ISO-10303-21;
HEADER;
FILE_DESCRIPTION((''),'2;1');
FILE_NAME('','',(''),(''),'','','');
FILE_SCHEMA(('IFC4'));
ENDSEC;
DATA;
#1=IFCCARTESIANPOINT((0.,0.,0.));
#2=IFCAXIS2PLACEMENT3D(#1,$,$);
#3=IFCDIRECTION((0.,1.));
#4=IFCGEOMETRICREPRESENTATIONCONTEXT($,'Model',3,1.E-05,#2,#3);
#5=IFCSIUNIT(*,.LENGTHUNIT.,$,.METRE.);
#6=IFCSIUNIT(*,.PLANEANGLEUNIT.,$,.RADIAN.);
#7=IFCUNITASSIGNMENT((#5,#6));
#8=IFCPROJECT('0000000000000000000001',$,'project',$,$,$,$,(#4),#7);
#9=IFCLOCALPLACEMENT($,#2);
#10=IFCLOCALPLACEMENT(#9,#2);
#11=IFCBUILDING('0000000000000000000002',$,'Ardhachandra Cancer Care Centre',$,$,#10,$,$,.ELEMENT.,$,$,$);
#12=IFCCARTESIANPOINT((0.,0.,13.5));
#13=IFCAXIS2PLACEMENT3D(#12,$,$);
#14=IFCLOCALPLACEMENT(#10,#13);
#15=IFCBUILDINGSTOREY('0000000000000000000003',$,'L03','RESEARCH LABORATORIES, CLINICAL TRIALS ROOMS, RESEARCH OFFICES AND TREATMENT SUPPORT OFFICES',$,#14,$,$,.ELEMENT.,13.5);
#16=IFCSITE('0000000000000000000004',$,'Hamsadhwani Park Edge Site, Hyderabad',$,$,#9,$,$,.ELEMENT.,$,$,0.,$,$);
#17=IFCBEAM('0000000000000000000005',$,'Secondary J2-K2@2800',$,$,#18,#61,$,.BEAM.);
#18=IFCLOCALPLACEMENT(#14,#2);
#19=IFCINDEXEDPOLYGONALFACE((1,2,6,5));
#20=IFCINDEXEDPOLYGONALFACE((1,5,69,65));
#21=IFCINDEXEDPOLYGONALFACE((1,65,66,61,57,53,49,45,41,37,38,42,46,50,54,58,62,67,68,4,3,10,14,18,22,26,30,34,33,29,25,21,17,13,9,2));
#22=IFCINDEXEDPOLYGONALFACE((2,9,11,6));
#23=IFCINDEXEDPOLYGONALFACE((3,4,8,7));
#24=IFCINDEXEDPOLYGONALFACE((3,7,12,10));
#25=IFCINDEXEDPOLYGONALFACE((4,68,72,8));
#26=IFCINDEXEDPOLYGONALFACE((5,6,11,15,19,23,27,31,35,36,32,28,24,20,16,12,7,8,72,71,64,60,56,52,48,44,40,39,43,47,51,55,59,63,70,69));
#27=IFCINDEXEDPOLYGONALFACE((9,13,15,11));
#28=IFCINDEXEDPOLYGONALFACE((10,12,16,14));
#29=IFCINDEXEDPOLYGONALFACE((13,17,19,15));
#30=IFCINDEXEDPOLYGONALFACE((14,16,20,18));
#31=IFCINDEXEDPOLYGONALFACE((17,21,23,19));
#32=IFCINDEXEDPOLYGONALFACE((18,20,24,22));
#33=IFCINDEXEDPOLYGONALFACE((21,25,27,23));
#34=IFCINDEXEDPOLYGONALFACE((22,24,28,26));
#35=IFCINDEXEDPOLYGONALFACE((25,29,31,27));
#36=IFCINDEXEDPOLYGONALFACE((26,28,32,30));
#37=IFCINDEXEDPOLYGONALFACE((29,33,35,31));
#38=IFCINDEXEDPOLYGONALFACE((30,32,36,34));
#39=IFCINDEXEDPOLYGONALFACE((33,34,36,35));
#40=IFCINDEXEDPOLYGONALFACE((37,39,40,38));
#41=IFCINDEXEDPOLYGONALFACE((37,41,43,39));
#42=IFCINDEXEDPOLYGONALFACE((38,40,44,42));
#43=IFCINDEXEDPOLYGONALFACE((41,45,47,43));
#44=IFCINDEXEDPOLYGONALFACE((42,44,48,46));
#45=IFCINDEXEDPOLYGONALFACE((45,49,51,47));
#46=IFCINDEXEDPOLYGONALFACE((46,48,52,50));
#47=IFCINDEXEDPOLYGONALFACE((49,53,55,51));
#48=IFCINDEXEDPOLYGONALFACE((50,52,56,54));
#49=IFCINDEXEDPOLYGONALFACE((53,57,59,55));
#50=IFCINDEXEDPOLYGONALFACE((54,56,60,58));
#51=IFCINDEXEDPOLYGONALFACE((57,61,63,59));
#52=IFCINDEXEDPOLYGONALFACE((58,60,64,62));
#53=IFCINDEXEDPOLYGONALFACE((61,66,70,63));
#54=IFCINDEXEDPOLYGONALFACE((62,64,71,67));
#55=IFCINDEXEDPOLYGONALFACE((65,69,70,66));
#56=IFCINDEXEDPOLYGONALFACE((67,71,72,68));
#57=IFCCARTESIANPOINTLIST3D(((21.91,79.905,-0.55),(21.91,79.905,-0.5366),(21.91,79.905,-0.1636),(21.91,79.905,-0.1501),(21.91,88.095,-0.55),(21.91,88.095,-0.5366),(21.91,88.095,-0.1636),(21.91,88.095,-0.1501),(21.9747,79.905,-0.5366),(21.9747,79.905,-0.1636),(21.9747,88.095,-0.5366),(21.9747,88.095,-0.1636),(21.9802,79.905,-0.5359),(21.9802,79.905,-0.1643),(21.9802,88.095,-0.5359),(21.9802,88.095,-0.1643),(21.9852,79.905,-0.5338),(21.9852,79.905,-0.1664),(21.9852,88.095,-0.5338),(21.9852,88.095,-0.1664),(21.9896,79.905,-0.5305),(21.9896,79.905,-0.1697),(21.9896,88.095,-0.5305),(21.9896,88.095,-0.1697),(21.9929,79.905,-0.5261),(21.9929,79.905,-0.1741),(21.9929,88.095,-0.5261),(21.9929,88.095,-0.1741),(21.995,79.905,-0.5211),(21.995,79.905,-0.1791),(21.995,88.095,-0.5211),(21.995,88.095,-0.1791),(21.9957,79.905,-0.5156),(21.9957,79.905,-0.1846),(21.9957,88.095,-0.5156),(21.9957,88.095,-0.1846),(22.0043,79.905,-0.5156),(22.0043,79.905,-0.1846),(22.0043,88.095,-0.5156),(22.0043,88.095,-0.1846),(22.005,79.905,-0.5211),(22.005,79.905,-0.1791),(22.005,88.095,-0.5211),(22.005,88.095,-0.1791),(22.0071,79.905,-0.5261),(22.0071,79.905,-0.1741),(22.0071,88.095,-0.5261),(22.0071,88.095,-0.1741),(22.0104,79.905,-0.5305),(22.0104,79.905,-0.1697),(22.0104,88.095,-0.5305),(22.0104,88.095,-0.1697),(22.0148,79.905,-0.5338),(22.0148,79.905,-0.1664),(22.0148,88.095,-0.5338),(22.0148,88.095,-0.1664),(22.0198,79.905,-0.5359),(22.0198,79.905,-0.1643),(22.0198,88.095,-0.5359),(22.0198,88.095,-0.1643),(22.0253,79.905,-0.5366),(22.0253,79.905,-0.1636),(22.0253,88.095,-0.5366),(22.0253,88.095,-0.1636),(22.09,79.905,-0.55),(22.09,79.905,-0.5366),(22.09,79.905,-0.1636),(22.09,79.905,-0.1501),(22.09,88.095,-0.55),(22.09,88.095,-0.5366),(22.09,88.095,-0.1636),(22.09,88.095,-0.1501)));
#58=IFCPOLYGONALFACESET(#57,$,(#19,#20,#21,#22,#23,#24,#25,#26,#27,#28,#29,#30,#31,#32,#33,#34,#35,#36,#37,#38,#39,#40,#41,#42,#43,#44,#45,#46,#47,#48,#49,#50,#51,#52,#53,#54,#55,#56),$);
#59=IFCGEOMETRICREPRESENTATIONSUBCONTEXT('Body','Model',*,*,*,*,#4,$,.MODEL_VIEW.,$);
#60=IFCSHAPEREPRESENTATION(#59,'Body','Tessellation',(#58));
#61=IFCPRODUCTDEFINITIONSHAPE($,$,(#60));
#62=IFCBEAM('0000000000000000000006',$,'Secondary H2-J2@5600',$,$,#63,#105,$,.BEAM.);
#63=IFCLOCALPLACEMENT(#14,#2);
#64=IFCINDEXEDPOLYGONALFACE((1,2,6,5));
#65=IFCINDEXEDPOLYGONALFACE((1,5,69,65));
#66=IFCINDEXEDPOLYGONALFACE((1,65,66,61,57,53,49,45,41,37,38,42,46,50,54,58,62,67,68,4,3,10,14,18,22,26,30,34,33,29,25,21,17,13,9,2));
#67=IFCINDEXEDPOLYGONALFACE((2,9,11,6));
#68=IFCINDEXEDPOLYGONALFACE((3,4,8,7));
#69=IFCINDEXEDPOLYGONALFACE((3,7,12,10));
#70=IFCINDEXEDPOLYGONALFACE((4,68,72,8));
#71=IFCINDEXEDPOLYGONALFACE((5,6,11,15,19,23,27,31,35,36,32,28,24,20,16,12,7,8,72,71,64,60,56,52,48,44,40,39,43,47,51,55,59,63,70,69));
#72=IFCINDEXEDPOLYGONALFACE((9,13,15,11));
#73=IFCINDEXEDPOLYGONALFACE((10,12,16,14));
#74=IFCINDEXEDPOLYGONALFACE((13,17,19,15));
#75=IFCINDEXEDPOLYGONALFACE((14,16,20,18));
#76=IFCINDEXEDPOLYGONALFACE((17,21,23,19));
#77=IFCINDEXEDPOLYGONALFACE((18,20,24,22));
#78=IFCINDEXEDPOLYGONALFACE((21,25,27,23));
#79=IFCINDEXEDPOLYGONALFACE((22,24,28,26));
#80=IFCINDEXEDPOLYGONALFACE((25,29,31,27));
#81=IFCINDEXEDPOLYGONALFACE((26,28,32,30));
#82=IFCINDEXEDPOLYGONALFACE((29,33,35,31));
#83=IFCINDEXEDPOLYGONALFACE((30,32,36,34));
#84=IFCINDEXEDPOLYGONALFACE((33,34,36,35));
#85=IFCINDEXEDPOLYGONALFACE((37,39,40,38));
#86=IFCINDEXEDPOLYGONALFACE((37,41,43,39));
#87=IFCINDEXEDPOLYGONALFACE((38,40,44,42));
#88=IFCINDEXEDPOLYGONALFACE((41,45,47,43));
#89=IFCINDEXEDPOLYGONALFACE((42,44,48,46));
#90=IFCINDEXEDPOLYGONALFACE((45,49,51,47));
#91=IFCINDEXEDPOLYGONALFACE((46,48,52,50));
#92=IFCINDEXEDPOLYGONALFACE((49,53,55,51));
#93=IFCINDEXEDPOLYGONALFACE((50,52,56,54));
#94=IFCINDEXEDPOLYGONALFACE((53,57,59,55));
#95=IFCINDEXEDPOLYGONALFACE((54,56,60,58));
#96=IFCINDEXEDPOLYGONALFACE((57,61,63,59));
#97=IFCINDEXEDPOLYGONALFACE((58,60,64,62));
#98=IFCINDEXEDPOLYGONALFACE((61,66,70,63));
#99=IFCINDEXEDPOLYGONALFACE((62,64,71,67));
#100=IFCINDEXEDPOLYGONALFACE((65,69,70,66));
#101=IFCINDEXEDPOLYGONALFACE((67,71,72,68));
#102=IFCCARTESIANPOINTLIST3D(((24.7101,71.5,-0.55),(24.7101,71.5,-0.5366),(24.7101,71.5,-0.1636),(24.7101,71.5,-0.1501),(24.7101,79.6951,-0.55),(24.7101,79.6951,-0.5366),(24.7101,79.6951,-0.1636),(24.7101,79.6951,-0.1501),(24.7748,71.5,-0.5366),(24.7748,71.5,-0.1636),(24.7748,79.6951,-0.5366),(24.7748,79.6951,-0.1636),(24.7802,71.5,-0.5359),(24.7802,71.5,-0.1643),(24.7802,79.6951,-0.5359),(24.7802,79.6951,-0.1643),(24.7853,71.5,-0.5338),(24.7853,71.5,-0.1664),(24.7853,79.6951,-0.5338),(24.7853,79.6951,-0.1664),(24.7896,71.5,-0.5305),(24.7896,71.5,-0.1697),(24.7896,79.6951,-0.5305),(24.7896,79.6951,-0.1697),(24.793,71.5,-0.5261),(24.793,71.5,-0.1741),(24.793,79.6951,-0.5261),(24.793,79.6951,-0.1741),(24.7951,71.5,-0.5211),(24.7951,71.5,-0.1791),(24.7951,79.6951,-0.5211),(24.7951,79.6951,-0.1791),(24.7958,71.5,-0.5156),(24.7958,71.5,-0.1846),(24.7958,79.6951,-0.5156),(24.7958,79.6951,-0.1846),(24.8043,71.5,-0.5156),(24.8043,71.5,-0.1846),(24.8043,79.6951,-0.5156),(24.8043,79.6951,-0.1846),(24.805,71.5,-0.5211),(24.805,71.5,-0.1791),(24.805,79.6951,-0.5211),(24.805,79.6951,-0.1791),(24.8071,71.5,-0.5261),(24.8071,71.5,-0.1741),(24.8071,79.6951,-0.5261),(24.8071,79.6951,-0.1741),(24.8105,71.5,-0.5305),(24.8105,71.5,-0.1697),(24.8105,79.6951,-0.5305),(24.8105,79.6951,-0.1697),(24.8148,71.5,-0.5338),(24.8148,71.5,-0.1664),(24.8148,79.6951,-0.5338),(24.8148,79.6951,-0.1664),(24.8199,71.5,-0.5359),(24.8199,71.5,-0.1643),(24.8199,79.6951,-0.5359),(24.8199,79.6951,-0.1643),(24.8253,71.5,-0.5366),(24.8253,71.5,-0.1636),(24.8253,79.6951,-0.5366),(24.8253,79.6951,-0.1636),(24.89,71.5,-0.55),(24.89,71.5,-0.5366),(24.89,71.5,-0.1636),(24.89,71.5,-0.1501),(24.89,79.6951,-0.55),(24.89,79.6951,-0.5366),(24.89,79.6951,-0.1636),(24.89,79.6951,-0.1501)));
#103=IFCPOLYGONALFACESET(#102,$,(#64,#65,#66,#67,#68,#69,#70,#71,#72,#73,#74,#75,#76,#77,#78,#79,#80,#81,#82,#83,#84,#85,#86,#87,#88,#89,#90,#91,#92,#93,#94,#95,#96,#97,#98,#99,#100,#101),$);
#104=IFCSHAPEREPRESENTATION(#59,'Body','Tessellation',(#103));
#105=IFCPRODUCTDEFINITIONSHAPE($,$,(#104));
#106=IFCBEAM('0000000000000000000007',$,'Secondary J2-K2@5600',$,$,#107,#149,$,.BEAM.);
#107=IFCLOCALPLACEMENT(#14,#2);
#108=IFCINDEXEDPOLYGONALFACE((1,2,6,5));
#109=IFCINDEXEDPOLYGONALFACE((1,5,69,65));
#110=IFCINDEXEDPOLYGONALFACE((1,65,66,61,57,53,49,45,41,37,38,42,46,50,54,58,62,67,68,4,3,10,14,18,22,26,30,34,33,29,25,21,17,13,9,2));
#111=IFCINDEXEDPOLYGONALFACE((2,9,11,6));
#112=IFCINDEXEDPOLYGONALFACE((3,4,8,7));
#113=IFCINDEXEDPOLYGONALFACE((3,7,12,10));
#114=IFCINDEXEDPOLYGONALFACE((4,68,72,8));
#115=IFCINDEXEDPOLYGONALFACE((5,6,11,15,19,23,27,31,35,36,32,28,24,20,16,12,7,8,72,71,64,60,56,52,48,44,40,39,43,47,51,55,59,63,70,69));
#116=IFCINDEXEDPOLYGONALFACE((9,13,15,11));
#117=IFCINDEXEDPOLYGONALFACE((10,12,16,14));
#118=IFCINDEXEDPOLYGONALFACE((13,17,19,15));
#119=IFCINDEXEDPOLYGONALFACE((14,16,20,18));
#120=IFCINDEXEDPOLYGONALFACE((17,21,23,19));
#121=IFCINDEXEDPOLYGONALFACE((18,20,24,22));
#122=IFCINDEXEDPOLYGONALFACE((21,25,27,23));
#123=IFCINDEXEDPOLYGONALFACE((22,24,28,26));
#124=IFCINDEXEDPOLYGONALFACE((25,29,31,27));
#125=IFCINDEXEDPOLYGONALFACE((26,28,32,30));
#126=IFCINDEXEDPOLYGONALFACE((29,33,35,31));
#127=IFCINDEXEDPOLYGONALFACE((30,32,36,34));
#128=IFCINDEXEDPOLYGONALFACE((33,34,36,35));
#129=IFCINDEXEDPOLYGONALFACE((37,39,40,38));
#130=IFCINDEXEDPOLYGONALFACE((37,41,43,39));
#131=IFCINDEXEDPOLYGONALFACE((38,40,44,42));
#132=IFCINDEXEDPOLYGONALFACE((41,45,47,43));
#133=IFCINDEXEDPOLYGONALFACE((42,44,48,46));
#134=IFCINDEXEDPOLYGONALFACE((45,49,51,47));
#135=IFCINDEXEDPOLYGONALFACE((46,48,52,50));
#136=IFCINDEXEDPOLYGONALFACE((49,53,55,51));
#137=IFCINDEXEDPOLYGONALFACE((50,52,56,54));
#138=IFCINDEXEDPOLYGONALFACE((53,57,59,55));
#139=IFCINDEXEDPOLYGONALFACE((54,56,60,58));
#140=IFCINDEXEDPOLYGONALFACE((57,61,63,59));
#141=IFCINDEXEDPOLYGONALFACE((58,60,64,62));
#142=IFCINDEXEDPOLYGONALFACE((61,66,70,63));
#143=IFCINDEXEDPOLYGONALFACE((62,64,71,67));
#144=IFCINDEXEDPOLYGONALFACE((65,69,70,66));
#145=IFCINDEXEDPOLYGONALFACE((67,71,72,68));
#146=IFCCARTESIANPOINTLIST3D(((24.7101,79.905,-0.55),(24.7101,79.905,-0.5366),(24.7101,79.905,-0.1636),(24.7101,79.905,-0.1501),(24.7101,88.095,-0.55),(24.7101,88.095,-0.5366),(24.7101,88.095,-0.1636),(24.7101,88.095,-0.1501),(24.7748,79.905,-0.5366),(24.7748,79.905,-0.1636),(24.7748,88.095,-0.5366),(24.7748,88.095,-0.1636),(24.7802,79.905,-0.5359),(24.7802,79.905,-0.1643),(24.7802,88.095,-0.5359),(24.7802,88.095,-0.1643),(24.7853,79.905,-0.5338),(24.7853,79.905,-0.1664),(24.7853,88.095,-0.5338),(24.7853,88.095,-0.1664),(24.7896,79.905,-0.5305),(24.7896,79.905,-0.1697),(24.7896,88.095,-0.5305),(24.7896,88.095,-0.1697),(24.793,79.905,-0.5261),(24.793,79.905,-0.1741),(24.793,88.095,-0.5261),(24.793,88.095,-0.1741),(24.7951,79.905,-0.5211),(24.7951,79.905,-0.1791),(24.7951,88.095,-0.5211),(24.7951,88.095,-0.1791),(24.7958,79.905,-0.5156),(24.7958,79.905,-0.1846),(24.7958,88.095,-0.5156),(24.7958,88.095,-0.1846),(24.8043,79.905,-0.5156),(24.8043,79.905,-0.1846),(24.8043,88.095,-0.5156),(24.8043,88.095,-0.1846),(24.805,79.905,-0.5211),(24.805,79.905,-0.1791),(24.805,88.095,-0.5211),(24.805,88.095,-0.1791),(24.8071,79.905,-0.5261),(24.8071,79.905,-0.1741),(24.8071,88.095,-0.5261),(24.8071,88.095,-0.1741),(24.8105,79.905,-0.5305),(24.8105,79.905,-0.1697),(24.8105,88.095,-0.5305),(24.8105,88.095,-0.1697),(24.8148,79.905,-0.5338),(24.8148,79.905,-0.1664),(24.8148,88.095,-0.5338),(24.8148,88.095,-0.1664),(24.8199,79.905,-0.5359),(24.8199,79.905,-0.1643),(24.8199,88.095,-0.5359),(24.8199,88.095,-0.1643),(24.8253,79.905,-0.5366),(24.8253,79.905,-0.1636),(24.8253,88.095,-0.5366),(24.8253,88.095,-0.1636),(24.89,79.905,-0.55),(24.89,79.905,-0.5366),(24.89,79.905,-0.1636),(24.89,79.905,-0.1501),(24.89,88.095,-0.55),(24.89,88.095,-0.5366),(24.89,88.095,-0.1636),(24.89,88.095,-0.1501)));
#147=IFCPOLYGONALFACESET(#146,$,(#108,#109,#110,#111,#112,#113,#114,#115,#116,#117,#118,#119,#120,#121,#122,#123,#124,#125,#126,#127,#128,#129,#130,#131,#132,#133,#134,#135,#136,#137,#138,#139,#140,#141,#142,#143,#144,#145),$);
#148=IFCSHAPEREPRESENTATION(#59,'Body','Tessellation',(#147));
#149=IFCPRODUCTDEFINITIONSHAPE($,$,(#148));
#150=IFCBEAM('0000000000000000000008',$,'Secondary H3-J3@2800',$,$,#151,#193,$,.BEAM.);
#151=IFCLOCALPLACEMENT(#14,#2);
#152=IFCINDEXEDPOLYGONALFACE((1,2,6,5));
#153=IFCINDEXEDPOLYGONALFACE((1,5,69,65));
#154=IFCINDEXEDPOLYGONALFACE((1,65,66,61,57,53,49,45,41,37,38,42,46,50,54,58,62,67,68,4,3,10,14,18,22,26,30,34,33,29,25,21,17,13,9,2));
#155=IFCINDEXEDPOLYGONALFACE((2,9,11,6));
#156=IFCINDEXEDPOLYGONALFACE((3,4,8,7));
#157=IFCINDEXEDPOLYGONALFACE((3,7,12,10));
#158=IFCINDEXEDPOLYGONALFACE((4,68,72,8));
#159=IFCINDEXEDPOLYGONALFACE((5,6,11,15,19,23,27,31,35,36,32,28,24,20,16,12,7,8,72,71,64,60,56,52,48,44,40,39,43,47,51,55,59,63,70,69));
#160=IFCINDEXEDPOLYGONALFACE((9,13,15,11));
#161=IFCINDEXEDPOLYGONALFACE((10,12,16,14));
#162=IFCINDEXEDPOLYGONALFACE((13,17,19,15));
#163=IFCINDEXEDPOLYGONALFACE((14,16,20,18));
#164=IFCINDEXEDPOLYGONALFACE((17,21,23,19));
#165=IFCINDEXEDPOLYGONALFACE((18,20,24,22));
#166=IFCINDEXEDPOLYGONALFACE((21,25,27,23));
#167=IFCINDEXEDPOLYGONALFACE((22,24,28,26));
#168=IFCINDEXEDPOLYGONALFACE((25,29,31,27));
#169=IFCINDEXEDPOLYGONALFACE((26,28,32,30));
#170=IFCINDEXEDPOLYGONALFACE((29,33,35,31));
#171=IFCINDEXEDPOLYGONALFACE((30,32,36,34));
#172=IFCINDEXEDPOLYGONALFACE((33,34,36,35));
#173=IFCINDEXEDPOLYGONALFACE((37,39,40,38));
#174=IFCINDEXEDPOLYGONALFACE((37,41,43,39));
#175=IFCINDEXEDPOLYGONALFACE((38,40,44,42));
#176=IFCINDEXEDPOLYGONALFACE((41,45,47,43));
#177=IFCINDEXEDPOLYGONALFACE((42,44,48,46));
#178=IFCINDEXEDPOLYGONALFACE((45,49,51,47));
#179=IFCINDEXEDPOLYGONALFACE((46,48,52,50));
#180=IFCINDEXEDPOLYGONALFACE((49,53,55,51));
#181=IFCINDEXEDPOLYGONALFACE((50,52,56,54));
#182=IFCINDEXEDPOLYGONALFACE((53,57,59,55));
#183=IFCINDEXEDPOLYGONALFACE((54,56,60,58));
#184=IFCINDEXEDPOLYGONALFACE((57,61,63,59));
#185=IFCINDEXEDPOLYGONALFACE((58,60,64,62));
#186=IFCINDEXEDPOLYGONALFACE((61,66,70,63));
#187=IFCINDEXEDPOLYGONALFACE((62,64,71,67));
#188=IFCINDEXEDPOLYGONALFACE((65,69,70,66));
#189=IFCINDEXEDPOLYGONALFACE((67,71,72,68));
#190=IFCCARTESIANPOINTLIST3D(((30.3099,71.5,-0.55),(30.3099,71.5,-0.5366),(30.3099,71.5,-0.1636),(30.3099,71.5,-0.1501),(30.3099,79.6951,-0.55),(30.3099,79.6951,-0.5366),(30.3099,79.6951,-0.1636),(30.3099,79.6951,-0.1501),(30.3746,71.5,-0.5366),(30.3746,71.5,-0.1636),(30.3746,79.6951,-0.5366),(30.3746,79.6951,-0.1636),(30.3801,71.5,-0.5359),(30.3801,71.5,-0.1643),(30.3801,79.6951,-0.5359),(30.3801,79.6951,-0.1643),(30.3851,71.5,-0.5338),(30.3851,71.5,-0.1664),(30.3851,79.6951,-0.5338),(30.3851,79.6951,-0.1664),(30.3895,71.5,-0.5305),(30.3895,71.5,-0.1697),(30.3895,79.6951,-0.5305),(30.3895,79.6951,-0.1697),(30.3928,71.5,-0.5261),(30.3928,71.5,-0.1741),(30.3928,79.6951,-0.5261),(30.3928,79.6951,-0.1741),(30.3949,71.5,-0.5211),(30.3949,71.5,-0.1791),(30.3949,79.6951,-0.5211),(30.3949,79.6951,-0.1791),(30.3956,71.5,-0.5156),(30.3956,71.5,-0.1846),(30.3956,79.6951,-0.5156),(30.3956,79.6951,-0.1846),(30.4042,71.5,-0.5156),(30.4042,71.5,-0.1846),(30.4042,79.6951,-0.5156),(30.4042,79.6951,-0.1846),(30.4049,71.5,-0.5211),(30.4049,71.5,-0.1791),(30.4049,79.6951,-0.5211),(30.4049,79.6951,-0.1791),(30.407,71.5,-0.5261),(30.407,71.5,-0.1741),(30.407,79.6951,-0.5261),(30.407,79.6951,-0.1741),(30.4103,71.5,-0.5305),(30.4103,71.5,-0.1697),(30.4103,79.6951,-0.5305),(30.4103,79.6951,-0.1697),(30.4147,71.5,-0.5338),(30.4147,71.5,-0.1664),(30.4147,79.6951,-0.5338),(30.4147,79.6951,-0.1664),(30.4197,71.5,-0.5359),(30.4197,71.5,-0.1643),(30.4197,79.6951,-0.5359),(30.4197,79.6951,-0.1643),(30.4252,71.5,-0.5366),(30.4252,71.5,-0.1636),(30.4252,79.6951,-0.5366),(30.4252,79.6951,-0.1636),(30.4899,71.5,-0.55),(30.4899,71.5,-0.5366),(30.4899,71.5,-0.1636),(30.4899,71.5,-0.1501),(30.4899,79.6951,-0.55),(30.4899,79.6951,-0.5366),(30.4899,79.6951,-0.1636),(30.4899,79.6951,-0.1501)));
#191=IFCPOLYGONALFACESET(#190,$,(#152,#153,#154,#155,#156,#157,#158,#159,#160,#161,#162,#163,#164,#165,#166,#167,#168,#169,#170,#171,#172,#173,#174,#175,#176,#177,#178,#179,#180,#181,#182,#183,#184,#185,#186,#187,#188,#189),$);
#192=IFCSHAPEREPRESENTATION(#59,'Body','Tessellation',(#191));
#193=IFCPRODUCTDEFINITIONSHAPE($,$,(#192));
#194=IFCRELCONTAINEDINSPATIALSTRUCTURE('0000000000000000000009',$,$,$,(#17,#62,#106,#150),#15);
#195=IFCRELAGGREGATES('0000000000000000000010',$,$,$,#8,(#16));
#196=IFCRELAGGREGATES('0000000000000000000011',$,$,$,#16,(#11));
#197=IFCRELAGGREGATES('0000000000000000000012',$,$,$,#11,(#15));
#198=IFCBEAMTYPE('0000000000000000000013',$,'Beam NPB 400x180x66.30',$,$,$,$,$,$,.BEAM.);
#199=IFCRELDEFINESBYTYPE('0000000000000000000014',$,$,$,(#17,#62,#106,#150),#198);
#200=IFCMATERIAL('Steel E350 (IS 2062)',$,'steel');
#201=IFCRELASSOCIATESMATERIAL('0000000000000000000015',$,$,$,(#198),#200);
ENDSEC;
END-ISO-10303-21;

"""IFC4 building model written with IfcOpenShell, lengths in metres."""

from ifc_helpers import new_model, si_unit, direction, frame, origin, origin_2d, place, context, subcontext, project, spatial, i_section, extrude, material, material_profile, profile_set, type_object, element, save


model = new_model("IFC4")

# Units and contexts
model_context = context("Model", 3, precision=1e-05, world=origin(), true_north=direction((0.0, 1.0)))
body_context = subcontext(model_context, "Body", "Model", "MODEL_VIEW")
ifc_project = project(units=[si_unit("LENGTHUNIT", "METRE"), si_unit("PLANEANGLEUNIT", "RADIAN")], contexts=[model_context])

# Site, building, storey
site_placement = place(None, origin())
site = spatial("IfcSite", under=ifc_project, at=site_placement, Name="Hamsadhwani Park Edge Site, Hyderabad", CompositionType="ELEMENT", RefElevation=0.0)
building_placement = place(site_placement, origin())
building = spatial("IfcBuilding", under=site, at=building_placement, Name="Ardhachandra Cancer Care Centre", CompositionType="ELEMENT")
storey_placement = place(building_placement, frame((0.0, 0.0, 13.5)))
storey = spatial("IfcBuildingStorey", under=building, at=storey_placement, Name="L03", Description="RESEARCH LABORATORIES, CLINICAL TRIALS ROOMS, RESEARCH OFFICES AND TREATMENT SUPPORT OFFICES", CompositionType="ELEMENT", Elevation=13.5)

# Beams
ifc_material_1 = material(Name="Steel E350 (IS 2062)", Category="steel")
ifc_material_profile_1 = material_profile(ifc_material_1, i_section(OverallWidth=0.1799, OverallDepth=0.3999, WebThickness=0.0085, FlangeThickness=0.0134, FilletRadius=0.021, at=origin_2d()), Name="NPB 400x180x66.30")
ifc_profile_set_1 = profile_set([ifc_material_profile_1], Name="Steel E350 (IS 2062)")
beam_type_1 = type_object("IfcBeamType", Name="Beam NPB 400x180x66.30", PredefinedType="BEAM", material=ifc_profile_set_1)
beam_1_placement = place(storey_placement, frame((22.0, 79.905, -0.3501), z_axis=(0.0, 1.0, 0.0), x_axis=(-1.0, 0.0, 0.0)))
element("IfcBeam", 1, at=beam_1_placement, inside=storey, type_object=beam_type_1, Name="Secondary J2-K2@2800", PredefinedType="BEAM", context=body_context, shape_type="SweptSolid", body=[
    extrude(i_section(OverallWidth=0.1799, OverallDepth=0.3999, WebThickness=0.0085, FlangeThickness=0.0134, FilletRadius=0.021, at=origin_2d()), origin(), (0.0, 0.0, 1.0), 8.1899),
])
beam_2_placement = place(storey_placement, frame((24.8, 71.5, -0.3501), z_axis=(0.0, 1.0, 0.0), x_axis=(-1.0, 0.0, 0.0)))
element("IfcBeam", 2, at=beam_2_placement, inside=storey, type_object=beam_type_1, Name="Secondary H2-J2@5600", PredefinedType="BEAM", context=body_context, shape_type="SweptSolid", body=[
    extrude(i_section(OverallWidth=0.1799, OverallDepth=0.3999, WebThickness=0.0085, FlangeThickness=0.0134, FilletRadius=0.021, at=origin_2d()), origin(), (0.0, 0.0, 1.0), 8.1951),
])
beam_3_placement = place(storey_placement, frame((24.8, 79.905, -0.3501), z_axis=(0.0, 1.0, 0.0), x_axis=(-1.0, 0.0, 0.0)))
element("IfcBeam", 3, at=beam_3_placement, inside=storey, type_object=beam_type_1, Name="Secondary J2-K2@5600", PredefinedType="BEAM", context=body_context, shape_type="SweptSolid", body=[
    extrude(i_section(OverallWidth=0.1799, OverallDepth=0.3999, WebThickness=0.0085, FlangeThickness=0.0134, FilletRadius=0.021, at=origin_2d()), origin(), (0.0, 0.0, 1.0), 8.1899),
])
beam_4_placement = place(storey_placement, frame((30.3999, 71.5, -0.3501), z_axis=(0.0, 1.0, 0.0), x_axis=(-1.0, 0.0, 0.0)))
element("IfcBeam", 4, at=beam_4_placement, inside=storey, type_object=beam_type_1, Name="Secondary H3-J3@2800", PredefinedType="BEAM", context=body_context, shape_type="SweptSolid", body=[
    extrude(i_section(OverallWidth=0.1799, OverallDepth=0.3999, WebThickness=0.0085, FlangeThickness=0.0134, FilletRadius=0.021, at=origin_2d()), origin(), (0.0, 0.0, 1.0), 8.1951),
])

save(model, "model.ifc")
